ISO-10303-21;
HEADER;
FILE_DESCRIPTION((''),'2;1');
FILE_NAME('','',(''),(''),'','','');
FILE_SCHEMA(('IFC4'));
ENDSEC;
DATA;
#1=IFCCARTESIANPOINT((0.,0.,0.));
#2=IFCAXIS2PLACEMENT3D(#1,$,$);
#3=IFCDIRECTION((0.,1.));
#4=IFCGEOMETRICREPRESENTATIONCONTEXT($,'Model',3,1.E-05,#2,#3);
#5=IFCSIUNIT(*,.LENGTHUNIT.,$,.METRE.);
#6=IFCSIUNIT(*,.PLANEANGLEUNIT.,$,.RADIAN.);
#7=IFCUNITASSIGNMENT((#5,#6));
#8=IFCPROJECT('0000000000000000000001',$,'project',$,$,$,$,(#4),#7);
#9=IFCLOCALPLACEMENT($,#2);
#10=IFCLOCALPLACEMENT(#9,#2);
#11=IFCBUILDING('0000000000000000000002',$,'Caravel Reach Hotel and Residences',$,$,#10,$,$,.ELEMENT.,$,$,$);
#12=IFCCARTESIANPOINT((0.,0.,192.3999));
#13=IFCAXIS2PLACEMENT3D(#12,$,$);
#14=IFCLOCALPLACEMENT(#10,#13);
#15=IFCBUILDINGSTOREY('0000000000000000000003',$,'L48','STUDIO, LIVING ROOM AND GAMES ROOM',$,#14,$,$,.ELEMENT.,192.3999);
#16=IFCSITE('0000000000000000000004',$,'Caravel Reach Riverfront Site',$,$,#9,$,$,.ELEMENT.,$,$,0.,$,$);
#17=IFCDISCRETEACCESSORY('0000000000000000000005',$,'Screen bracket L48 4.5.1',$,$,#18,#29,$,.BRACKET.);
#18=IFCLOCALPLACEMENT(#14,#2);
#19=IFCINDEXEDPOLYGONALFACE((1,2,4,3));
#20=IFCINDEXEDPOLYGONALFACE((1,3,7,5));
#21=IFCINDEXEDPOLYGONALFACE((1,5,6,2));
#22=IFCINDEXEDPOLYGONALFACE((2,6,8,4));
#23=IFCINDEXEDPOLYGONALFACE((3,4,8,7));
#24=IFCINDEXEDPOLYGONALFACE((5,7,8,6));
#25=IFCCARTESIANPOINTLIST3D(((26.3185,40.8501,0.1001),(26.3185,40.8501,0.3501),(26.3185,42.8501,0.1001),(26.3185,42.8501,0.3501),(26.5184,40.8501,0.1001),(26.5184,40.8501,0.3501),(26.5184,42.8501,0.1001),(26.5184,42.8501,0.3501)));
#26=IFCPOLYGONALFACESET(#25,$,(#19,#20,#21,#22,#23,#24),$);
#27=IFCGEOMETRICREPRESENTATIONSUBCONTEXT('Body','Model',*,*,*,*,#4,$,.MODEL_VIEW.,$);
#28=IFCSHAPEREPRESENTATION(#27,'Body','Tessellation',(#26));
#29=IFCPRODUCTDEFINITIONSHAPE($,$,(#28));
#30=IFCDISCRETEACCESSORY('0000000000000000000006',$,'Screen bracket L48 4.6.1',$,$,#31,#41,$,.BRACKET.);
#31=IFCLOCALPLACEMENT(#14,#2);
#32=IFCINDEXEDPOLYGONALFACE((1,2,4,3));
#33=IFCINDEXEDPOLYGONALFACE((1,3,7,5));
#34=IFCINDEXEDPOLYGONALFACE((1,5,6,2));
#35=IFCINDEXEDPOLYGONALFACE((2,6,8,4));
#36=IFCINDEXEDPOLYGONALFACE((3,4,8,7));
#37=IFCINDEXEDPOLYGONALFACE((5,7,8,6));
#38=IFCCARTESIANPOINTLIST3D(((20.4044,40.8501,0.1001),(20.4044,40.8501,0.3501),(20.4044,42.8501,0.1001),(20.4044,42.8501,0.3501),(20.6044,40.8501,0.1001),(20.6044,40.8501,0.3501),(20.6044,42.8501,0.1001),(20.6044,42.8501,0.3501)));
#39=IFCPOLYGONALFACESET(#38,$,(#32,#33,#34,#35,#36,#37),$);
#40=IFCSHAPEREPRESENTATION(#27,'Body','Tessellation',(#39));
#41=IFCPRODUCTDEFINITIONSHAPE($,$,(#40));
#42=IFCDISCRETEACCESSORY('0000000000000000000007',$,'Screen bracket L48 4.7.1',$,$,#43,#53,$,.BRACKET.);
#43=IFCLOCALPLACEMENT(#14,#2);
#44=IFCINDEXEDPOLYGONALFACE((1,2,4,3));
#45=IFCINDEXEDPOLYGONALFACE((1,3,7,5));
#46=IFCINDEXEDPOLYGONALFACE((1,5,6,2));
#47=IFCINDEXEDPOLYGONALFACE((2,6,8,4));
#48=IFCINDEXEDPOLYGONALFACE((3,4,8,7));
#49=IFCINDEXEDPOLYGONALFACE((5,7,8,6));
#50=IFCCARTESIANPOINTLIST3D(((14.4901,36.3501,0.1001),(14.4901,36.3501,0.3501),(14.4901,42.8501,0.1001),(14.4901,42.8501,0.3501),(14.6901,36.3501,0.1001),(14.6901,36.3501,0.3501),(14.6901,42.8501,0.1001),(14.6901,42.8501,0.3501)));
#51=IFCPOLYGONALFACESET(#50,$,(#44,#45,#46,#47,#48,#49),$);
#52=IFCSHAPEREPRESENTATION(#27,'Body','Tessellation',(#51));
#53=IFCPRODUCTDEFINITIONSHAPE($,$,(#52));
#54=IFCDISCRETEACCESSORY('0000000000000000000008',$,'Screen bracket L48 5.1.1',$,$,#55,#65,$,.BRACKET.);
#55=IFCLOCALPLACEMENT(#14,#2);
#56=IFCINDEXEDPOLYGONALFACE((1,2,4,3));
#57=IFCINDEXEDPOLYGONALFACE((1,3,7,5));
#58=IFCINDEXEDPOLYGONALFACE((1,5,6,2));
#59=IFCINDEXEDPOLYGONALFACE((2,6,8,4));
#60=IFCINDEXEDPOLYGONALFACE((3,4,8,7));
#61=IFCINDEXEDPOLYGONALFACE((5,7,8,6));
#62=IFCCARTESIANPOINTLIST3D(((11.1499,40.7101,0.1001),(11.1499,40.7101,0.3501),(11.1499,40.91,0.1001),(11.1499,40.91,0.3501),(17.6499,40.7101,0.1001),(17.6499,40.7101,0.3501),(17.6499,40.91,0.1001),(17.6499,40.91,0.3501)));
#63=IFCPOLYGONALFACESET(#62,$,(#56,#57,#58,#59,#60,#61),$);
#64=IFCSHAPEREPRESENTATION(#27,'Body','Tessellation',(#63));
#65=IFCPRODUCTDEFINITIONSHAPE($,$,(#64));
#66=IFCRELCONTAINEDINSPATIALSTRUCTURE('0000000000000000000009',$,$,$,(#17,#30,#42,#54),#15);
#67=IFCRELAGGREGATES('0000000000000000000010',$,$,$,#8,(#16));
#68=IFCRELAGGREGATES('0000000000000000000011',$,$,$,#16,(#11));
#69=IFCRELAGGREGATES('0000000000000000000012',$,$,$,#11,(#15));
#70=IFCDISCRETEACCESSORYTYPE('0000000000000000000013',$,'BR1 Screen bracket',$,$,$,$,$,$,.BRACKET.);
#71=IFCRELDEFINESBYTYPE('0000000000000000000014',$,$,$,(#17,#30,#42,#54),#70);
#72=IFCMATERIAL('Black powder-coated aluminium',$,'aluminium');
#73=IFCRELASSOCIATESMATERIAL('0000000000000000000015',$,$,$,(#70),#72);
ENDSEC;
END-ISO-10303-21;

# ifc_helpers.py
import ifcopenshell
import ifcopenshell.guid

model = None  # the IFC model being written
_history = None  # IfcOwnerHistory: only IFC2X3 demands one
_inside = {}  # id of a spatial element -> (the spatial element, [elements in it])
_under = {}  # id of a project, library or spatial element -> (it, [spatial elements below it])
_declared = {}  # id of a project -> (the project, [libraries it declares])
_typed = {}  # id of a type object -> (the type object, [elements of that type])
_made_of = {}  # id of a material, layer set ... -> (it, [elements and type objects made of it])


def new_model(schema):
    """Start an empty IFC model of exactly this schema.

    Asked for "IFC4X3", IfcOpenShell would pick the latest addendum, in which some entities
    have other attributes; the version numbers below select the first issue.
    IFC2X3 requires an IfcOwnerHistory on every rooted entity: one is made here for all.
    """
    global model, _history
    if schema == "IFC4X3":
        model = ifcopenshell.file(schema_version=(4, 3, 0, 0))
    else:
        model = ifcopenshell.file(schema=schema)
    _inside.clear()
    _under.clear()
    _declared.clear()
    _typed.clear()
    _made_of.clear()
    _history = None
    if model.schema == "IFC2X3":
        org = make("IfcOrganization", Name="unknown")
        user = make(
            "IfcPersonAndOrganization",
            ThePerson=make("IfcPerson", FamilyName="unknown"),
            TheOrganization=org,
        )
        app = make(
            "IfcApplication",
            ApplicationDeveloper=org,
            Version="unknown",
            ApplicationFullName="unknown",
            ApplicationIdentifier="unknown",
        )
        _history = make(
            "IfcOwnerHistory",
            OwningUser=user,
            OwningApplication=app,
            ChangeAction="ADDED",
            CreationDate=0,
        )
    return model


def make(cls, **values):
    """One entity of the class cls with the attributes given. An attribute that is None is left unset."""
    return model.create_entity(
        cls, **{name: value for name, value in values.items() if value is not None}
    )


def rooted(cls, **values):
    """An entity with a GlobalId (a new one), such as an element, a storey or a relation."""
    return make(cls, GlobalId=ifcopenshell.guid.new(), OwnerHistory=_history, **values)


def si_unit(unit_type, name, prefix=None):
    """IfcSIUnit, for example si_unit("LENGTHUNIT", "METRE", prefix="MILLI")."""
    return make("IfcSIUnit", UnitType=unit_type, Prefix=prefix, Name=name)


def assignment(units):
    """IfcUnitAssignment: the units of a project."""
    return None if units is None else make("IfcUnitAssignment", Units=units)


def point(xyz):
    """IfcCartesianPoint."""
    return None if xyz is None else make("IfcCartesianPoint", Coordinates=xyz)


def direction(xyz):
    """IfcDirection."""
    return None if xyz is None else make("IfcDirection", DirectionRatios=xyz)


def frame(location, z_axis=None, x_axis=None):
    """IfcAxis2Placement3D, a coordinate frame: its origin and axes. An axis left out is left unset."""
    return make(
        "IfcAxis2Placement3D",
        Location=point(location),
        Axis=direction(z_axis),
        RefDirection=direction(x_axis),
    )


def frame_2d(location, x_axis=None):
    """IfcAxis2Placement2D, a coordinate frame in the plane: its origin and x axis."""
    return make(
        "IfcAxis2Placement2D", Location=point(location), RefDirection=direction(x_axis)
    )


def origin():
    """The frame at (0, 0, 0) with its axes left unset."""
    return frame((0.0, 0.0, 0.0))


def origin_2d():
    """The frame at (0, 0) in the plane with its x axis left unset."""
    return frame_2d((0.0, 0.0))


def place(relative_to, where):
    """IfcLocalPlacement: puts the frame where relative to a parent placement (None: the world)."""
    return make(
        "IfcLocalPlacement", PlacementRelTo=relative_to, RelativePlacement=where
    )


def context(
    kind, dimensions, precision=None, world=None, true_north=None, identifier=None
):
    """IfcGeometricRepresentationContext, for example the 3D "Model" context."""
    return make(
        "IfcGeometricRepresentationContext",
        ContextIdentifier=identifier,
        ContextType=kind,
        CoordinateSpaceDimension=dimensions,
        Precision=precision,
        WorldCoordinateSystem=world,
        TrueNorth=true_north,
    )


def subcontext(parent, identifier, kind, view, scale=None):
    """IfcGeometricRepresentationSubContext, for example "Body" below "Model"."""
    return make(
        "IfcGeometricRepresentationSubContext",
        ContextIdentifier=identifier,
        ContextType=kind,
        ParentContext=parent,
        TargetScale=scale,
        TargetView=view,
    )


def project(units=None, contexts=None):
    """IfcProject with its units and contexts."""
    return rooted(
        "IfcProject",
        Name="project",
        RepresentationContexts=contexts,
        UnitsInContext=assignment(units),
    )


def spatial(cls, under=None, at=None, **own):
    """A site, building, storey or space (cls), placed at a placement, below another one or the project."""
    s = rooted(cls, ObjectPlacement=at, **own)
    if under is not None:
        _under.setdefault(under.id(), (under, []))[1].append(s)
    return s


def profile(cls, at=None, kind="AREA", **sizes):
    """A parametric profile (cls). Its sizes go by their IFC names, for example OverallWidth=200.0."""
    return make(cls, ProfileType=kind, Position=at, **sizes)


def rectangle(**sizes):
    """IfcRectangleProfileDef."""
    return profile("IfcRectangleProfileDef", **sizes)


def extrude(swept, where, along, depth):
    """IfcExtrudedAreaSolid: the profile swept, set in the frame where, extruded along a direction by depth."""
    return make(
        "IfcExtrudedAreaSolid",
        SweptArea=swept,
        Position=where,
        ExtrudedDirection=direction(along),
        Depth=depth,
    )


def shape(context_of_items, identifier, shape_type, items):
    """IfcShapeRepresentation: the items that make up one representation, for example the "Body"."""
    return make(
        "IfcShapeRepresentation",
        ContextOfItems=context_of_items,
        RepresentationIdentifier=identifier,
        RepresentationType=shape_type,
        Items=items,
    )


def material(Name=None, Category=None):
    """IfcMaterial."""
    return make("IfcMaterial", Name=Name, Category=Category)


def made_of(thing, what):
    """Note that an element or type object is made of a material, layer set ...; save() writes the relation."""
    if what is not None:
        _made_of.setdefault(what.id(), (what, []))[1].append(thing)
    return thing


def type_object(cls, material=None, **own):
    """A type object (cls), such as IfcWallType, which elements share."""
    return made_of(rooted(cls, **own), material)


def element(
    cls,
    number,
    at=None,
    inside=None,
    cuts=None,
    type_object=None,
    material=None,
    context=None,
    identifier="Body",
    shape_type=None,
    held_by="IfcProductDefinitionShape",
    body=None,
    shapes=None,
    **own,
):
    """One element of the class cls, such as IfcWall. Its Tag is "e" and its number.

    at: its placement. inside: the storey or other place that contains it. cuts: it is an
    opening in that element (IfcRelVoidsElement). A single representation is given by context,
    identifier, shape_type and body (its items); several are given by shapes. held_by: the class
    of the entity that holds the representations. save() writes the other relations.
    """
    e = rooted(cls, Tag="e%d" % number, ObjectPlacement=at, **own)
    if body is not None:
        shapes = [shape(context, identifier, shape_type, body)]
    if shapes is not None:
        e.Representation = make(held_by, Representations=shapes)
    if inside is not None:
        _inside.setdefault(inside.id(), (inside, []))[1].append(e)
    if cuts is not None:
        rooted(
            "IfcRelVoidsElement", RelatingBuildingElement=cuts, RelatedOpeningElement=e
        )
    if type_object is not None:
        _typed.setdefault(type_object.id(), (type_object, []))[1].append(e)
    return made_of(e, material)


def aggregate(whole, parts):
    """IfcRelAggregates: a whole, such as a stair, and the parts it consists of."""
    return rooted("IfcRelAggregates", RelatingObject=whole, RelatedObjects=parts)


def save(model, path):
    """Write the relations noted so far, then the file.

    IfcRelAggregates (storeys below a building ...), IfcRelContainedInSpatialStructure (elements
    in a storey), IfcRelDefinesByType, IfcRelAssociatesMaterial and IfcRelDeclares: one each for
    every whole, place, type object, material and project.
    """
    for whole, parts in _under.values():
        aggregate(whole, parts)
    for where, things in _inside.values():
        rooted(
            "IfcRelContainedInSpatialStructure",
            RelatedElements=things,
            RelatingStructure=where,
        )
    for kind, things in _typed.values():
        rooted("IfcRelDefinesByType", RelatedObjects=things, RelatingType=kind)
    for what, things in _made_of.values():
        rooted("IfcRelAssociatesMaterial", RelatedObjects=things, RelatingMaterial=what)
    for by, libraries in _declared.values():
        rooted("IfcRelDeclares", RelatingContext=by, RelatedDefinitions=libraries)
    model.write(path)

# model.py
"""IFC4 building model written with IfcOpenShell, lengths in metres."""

from ifc_helpers import new_model, si_unit, direction, frame, origin, origin_2d, place, context, subcontext, project, spatial, rectangle, extrude, material, type_object, element, save


model = new_model("IFC4")

# Units and contexts
model_context = context("Model", 3, precision=1e-05, world=origin(), true_north=direction((0.0, 1.0)))
body_context = subcontext(model_context, "Body", "Model", "MODEL_VIEW")
ifc_project = project(units=[si_unit("LENGTHUNIT", "METRE"), si_unit("PLANEANGLEUNIT", "RADIAN")], contexts=[model_context])

# Site, building, storey
site_placement = place(None, origin())
site = spatial("IfcSite", under=ifc_project, at=site_placement, Name="Caravel Reach Riverfront Site", CompositionType="ELEMENT", RefElevation=0.0)
building_placement = place(site_placement, origin())
building = spatial("IfcBuilding", under=site, at=building_placement, Name="Caravel Reach Hotel and Residences", CompositionType="ELEMENT")
storey_placement = place(building_placement, frame((0.0, 0.0, 192.3999)))
storey = spatial("IfcBuildingStorey", under=building, at=storey_placement, Name="L48", Description="STUDIO, LIVING ROOM AND GAMES ROOM", CompositionType="ELEMENT", Elevation=192.3999)

# Discrete accessories
ifc_material_1 = material(Name="Black powder-coated aluminium", Category="aluminium")
discrete_accessory_type = type_object("IfcDiscreteAccessoryType", Name="BR1 Screen bracket", PredefinedType="BRACKET", material=ifc_material_1)
for number, where, z_axis, x_axis, name in (
    (1, (26.4185, 41.8501, 0.1001), (0.0, 0.0, 1.0), (0.0, 1.0, 0.0), "Screen bracket L48 4.5.1"),
    (2, (20.5044, 41.8501, 0.1001), (0.0, 0.0, 1.0), (0.0, 1.0, 0.0), "Screen bracket L48 4.6.1"),
):
    element("IfcDiscreteAccessory", number, at=place(storey_placement, frame(where, z_axis=z_axis, x_axis=x_axis)), inside=storey, type_object=discrete_accessory_type, Name=name, PredefinedType="BRACKET", context=body_context, shape_type="SweptSolid", body=[
        extrude(rectangle(XDim=2.0, YDim=0.2, at=origin_2d()), origin(), (0.0, 0.0, 1.0), 0.25),
    ])
for number, where, z_axis, x_axis, name in (
    (3, (14.5901, 39.6001, 0.1001), (0.0, 0.0, 1.0), (0.0, 1.0, 0.0), "Screen bracket L48 4.7.1"),
    (4, (14.3999, 40.8101, 0.1001), (0.0, 0.0, 1.0), (-1.0, 0.0, 0.0), "Screen bracket L48 5.1.1"),
):
    element("IfcDiscreteAccessory", number, at=place(storey_placement, frame(where, z_axis=z_axis, x_axis=x_axis)), inside=storey, type_object=discrete_accessory_type, Name=name, PredefinedType="BRACKET", context=body_context, shape_type="SweptSolid", body=[
        extrude(rectangle(XDim=6.5, YDim=0.2, at=origin_2d()), origin(), (0.0, 0.0, 1.0), 0.25),
    ])

save(model, "model.ifc")
